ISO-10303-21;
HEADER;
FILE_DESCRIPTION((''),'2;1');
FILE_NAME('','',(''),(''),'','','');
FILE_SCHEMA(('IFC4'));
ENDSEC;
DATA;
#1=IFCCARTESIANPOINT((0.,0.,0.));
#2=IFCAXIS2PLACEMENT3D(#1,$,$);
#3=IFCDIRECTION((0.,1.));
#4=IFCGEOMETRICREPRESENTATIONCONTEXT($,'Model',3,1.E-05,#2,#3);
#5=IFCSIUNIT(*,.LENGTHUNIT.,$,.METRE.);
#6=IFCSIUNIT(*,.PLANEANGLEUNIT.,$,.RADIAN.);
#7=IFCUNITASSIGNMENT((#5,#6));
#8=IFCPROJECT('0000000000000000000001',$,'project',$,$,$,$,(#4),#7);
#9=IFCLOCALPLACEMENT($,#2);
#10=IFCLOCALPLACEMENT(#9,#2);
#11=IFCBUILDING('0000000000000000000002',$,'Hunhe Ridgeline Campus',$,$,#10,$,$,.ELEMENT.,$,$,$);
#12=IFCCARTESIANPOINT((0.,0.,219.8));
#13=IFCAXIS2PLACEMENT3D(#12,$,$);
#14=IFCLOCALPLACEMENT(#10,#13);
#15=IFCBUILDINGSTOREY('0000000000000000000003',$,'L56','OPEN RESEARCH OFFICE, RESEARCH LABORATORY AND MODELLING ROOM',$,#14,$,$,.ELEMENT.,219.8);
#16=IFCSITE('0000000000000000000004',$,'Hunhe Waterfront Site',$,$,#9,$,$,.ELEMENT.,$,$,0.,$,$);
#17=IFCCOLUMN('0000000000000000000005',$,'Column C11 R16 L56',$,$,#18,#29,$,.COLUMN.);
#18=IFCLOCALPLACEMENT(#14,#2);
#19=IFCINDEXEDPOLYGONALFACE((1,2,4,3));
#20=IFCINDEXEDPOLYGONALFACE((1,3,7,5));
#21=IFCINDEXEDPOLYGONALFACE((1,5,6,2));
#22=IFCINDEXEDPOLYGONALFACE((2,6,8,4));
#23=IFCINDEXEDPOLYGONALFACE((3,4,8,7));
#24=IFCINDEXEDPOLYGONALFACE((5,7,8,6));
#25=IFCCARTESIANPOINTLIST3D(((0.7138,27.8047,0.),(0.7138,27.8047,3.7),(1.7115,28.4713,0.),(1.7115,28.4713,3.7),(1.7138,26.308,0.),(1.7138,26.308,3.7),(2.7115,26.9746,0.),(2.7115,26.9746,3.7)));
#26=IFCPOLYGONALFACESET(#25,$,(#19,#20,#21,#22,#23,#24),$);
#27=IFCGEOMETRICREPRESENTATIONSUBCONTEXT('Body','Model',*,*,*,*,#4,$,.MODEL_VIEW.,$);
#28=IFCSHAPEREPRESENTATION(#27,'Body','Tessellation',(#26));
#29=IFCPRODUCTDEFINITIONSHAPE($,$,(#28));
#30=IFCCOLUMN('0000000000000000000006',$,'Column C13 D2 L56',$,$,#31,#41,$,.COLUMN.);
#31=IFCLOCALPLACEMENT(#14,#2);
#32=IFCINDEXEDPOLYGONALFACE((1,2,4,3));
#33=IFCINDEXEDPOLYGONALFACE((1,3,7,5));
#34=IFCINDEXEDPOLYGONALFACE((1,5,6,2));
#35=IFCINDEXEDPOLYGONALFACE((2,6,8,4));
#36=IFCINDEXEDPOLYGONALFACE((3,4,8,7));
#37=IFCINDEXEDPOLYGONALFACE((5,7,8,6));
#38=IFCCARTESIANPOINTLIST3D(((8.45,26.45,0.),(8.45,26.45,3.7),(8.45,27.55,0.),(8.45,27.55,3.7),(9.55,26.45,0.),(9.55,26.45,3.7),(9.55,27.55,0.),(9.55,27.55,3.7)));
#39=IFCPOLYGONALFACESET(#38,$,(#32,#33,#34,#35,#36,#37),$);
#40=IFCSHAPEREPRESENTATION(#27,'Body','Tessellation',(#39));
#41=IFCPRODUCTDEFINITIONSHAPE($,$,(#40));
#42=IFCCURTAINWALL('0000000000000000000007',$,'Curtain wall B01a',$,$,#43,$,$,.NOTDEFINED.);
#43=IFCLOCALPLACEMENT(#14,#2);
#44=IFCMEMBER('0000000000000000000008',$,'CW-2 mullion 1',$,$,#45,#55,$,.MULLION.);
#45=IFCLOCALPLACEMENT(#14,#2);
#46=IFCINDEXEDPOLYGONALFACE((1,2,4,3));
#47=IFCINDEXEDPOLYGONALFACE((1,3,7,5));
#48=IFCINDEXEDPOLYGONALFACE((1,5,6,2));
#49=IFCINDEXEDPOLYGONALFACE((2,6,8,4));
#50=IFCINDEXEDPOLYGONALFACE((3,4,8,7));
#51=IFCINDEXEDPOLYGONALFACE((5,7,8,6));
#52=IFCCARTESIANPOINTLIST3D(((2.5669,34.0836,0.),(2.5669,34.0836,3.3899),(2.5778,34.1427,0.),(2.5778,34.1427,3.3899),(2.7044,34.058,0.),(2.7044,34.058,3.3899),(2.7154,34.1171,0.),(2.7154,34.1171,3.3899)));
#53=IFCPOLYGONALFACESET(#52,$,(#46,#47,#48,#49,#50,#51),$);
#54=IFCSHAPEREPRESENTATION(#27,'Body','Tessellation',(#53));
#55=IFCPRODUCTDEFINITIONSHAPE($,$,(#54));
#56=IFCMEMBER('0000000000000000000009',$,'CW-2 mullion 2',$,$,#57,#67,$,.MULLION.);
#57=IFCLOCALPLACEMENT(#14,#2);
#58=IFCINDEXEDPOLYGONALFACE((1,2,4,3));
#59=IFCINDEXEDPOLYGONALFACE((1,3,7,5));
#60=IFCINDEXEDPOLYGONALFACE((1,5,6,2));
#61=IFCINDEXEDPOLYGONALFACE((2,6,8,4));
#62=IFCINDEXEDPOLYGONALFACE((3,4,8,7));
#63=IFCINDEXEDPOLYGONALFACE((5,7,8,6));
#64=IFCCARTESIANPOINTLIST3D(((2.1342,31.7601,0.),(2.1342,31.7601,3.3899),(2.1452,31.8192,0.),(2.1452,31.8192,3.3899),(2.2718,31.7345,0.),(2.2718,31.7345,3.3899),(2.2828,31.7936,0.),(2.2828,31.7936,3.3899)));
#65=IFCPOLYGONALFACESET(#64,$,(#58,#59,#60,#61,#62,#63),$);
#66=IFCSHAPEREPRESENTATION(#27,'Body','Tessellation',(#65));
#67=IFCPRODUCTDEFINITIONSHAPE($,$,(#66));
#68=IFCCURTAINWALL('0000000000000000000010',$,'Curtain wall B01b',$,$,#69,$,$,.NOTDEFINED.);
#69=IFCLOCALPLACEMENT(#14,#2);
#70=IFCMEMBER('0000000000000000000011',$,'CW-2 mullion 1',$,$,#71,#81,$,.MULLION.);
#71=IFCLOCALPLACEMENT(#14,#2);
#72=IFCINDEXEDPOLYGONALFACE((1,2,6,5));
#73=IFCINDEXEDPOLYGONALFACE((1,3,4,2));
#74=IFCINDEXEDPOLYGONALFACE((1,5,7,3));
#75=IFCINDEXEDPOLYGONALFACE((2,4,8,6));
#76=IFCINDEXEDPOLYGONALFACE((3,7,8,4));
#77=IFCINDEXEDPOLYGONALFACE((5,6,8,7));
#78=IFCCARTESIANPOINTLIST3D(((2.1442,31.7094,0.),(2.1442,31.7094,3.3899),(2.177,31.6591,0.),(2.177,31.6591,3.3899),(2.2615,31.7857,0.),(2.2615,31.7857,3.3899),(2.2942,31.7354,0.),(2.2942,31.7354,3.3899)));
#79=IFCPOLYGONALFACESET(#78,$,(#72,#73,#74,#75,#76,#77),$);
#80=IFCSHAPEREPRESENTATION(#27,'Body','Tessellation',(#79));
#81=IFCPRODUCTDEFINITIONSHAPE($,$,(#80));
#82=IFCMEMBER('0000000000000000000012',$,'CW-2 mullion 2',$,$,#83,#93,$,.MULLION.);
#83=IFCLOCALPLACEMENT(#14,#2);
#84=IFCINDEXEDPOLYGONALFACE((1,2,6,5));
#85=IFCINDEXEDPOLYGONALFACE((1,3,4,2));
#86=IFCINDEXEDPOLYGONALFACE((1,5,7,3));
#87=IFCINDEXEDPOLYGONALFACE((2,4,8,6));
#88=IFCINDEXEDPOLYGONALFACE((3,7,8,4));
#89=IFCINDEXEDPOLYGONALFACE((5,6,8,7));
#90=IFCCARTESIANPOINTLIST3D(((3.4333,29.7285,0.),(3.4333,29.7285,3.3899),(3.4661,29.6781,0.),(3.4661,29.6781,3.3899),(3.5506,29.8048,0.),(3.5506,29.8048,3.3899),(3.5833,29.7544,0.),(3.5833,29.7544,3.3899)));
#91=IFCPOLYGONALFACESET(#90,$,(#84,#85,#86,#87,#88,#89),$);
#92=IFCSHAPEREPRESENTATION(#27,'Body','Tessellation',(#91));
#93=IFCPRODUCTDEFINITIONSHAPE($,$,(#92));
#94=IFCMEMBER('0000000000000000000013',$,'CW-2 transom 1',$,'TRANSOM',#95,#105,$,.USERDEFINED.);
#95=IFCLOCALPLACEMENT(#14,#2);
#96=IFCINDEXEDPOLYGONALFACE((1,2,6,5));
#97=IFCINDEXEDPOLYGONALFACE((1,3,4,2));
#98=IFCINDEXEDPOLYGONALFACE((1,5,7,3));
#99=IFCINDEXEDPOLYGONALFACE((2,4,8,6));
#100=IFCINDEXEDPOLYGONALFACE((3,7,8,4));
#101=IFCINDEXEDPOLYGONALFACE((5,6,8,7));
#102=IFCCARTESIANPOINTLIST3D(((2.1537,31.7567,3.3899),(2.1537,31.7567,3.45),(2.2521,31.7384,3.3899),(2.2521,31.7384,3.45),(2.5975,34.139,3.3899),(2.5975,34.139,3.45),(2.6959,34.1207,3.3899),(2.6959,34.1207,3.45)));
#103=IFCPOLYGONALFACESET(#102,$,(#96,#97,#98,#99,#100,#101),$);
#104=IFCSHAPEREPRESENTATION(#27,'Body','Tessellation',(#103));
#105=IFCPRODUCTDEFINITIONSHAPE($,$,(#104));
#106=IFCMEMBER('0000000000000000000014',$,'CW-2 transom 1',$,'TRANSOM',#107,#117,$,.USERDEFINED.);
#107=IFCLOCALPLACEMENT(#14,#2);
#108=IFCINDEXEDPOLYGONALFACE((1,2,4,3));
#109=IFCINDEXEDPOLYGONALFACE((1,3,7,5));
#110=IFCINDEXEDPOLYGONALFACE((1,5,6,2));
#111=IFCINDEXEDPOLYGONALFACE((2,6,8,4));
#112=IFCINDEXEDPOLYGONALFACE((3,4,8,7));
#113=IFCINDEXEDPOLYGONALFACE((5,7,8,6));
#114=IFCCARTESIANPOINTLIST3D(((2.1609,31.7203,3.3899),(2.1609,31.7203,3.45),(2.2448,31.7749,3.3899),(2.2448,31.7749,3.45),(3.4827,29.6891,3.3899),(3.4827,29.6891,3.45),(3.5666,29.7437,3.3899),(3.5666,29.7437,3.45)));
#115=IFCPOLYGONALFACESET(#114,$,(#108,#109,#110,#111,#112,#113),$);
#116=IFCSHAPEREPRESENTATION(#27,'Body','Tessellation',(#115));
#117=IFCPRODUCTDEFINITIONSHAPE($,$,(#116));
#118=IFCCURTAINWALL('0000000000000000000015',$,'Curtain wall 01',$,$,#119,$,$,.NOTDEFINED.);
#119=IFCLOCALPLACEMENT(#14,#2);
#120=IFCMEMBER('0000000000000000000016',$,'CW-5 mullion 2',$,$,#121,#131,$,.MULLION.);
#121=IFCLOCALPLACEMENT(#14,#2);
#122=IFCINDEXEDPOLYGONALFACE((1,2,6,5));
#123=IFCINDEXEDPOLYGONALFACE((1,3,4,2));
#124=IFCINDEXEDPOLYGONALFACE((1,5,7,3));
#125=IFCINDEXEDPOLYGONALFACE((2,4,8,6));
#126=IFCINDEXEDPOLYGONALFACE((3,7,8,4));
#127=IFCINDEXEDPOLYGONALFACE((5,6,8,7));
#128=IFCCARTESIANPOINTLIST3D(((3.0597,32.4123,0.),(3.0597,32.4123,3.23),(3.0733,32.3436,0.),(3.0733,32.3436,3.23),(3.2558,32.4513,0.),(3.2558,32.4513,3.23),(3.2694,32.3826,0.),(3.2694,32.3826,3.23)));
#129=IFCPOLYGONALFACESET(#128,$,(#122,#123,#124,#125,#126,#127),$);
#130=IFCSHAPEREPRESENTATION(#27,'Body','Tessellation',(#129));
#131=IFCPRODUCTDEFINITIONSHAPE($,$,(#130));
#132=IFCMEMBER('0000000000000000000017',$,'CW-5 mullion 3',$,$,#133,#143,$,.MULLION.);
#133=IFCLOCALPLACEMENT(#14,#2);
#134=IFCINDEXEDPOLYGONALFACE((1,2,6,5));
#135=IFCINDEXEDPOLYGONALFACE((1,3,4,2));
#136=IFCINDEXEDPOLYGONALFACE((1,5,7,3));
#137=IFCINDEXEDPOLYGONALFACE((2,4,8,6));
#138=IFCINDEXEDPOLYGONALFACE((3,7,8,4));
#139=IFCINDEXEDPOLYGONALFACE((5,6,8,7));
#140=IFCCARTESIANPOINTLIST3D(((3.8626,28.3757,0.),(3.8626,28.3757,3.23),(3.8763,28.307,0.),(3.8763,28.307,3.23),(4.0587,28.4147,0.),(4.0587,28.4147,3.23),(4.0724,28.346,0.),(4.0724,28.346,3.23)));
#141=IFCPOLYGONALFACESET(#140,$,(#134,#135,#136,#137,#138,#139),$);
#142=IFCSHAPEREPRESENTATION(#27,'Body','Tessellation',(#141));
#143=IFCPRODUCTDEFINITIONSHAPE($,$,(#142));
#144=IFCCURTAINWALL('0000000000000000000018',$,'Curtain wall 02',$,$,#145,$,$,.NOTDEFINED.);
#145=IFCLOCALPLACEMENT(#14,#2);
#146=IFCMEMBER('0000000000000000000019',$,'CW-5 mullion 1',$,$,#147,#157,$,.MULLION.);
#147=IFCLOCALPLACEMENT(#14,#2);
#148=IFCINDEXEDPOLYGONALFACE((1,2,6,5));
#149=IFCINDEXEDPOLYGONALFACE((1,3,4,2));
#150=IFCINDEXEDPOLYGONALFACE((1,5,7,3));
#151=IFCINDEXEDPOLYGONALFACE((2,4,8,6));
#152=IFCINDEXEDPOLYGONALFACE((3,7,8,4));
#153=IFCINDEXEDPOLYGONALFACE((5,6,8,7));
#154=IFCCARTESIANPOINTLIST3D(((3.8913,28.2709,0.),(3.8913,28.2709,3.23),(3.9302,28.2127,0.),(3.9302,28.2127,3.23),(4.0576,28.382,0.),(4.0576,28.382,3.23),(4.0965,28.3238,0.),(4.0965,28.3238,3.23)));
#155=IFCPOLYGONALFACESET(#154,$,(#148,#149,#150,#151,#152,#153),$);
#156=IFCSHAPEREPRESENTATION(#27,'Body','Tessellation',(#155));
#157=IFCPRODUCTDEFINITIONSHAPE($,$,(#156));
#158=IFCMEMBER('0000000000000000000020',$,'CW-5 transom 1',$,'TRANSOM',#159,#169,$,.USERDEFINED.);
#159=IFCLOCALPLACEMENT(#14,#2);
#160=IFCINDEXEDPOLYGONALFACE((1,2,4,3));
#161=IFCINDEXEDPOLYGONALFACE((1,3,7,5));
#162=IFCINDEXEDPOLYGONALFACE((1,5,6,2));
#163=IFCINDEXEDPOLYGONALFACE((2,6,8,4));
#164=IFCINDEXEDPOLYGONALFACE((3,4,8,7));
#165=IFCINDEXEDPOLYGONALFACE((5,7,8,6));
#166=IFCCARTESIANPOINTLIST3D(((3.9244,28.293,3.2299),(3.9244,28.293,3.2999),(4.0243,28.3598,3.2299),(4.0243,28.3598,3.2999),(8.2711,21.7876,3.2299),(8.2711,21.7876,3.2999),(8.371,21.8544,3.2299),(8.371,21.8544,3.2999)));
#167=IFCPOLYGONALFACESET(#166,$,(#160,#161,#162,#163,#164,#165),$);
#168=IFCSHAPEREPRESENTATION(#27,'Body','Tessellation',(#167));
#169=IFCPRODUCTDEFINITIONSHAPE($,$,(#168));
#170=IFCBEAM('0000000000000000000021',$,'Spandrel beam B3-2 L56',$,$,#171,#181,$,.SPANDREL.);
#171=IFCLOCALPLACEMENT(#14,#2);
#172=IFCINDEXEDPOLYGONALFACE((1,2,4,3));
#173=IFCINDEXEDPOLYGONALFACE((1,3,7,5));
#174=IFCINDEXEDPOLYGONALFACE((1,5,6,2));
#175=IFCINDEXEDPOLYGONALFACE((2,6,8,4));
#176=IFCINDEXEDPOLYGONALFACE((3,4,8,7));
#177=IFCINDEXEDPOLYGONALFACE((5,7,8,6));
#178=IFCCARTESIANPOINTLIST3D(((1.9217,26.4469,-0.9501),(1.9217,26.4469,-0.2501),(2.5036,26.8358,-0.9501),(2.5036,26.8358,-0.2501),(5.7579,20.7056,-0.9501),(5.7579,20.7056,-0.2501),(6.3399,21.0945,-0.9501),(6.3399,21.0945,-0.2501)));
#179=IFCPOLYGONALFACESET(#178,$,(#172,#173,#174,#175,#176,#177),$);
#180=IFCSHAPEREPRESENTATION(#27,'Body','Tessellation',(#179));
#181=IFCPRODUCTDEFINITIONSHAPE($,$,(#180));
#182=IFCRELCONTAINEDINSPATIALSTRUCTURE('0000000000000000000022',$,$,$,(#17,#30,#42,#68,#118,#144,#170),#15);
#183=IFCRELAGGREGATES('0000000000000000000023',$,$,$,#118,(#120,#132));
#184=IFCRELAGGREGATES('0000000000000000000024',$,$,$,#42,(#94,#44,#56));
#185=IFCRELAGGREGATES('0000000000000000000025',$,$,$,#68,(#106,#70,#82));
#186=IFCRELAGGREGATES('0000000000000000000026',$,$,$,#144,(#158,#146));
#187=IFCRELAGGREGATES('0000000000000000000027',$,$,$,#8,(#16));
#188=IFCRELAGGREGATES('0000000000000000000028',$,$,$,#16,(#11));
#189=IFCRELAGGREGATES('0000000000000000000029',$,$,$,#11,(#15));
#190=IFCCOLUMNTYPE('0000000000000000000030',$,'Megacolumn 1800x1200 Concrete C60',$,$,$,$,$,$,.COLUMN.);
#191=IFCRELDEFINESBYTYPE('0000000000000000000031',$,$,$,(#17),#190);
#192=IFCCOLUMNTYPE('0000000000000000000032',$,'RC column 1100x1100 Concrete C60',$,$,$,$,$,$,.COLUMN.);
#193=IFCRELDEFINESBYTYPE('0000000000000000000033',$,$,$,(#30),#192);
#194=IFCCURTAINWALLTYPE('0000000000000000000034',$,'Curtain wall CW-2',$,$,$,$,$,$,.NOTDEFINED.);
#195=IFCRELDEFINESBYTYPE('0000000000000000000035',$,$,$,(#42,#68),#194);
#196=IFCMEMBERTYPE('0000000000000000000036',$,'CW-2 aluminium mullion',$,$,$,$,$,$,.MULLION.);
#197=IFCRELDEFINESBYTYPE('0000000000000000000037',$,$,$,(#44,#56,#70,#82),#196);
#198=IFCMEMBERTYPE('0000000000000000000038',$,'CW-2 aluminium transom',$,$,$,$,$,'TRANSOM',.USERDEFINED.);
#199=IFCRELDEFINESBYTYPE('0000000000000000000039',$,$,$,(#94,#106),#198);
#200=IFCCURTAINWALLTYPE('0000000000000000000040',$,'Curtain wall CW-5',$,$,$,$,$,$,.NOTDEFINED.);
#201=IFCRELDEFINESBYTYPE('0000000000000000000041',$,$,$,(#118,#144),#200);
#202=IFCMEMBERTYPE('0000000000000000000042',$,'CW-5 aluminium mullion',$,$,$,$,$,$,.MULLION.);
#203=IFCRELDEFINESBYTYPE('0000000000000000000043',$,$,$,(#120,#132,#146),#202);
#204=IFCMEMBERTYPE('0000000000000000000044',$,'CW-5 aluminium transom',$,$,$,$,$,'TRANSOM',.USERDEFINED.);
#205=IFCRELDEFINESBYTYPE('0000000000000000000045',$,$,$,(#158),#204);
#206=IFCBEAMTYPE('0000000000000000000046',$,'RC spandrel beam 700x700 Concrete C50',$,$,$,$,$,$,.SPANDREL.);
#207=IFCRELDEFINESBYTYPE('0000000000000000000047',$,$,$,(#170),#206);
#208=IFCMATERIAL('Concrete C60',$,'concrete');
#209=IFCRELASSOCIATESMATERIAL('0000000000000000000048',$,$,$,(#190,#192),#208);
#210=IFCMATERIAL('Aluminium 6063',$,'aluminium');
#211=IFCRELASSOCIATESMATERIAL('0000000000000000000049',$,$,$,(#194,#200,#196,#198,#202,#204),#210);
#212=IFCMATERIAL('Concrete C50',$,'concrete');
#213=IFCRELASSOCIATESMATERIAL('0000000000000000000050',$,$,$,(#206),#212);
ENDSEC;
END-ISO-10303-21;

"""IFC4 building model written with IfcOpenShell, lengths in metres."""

from ifc_helpers import new_model, si_unit, direction, frame, origin, origin_2d, place, context, subcontext, project, spatial, rectangle, extrude, material, material_profile, profile_set, type_object, element, aggregate, save


model = new_model("IFC4")

# Units and contexts
model_context = context("Model", 3, precision=1e-05, world=origin(), true_north=direction((0.0, 1.0)))
body_context = subcontext(model_context, "Body", "Model", "MODEL_VIEW")
ifc_project = project(units=[si_unit("LENGTHUNIT", "METRE"), si_unit("PLANEANGLEUNIT", "RADIAN")], contexts=[model_context])

# Site, building, storey
site_placement = place(None, origin())
site = spatial("IfcSite", under=ifc_project, at=site_placement, Name="Hunhe Waterfront Site", CompositionType="ELEMENT", RefElevation=0.0)
building_placement = place(site_placement, origin())
building = spatial("IfcBuilding", under=site, at=building_placement, Name="Hunhe Ridgeline Campus", CompositionType="ELEMENT")
storey_placement = place(building_placement, frame((0.0, 0.0, 219.8)))
storey = spatial("IfcBuildingStorey", under=building, at=storey_placement, Name="L56", Description="OPEN RESEARCH OFFICE, RESEARCH LABORATORY AND MODELLING ROOM", CompositionType="ELEMENT", Elevation=219.8)

# Columns
ifc_material_1 = material(Name="Concrete C60", Category="concrete")
ifc_material_profile_1 = material_profile(ifc_material_1, rectangle(XDim=1.8, YDim=1.2, at=origin_2d()))
ifc_profile_set_1 = profile_set([ifc_material_profile_1], Name="Concrete C60")
column_type_1 = type_object("IfcColumnType", Name="Megacolumn 1800x1200 Concrete C60", PredefinedType="COLUMN", material=ifc_profile_set_1)
column_1_placement = place(storey_placement, frame((1.7126, 27.3896, 0.0), z_axis=(0.0, 0.0, 1.0), x_axis=(-0.55557, 0.83147, 0.0)))
element("IfcColumn", 1, at=column_1_placement, inside=storey, type_object=column_type_1, Name="Column C11 R16 L56", PredefinedType="COLUMN", context=body_context, shape_type="SweptSolid", body=[
    extrude(rectangle(XDim=1.8, YDim=1.2, at=origin_2d()), origin(), (0.0, 0.0, 1.0), 3.7),
])
ifc_material_profile_2 = material_profile(ifc_material_1, rectangle(XDim=1.1001, YDim=1.1001, at=origin_2d()))
ifc_profile_set_2 = profile_set([ifc_material_profile_2], Name="Concrete C60")
column_type_2 = type_object("IfcColumnType", Name="RC column 1100x1100 Concrete C60", PredefinedType="COLUMN", material=ifc_profile_set_2)
column_2_placement = place(storey_placement, frame((9.0, 27.0, 0.0), z_axis=(0.0, 0.0, 1.0), x_axis=(1.0, 0.0, 0.0)))
element("IfcColumn", 2, at=column_2_placement, inside=storey, type_object=column_type_2, Name="Column C13 D2 L56", PredefinedType="COLUMN", context=body_context, shape_type="SweptSolid", body=[
    extrude(rectangle(XDim=1.1001, YDim=1.1001, at=origin_2d()), origin(), (0.0, 0.0, 1.0), 3.7),
])

# Curtain walls, members
ifc_material_2 = material(Name="Aluminium 6063", Category="aluminium")
curtain_wall_type_1 = type_object("IfcCurtainWallType", Name="Curtain wall CW-2", PredefinedType="NOTDEFINED", material=ifc_material_2)
curtain_wall_1_placement = place(storey_placement, origin())
curtain_wall_1 = element("IfcCurtainWall", 3, at=curtain_wall_1_placement, inside=storey, type_object=curtain_wall_type_1, Name="Curtain wall B01a", PredefinedType="NOTDEFINED")
ifc_material_profile_3 = material_profile(ifc_material_2, rectangle(XDim=0.1399, YDim=0.0601, at=origin_2d()))
ifc_profile_set_3 = profile_set([ifc_material_profile_3], Name="Aluminium 6063")
member_type_1 = type_object("IfcMemberType", Name="CW-2 aluminium mullion", PredefinedType="MULLION", material=ifc_profile_set_3)
member_1_placement = place(storey_placement, frame((2.6411, 34.1003, 0.0), z_axis=(0.0, 0.0, 1.0), x_axis=(0.983092, -0.183113, 0.0)))
member_1 = element("IfcMember", 4, at=member_1_placement, type_object=member_type_1, Name="CW-2 mullion 1", PredefinedType="MULLION", context=body_context, shape_type="SweptSolid", body=[
    extrude(rectangle(XDim=0.1399, YDim=0.0601, at=origin_2d()), origin(), (0.0, 0.0, 1.0), 3.3899),
])
member_2_placement = place(storey_placement, frame((2.2085, 31.7769, 0.0), z_axis=(0.0, 0.0, 1.0), x_axis=(0.983092, -0.183113, 0.0)))
member_2 = element("IfcMember", 5, at=member_2_placement, type_object=member_type_1, Name="CW-2 mullion 2", PredefinedType="MULLION", context=body_context, shape_type="SweptSolid", body=[
    extrude(rectangle(XDim=0.1399, YDim=0.0601, at=origin_2d()), origin(), (0.0, 0.0, 1.0), 3.3899),
])
curtain_wall_2_placement = place(storey_placement, origin())
curtain_wall_2 = element("IfcCurtainWall", 6, at=curtain_wall_2_placement, inside=storey, type_object=curtain_wall_type_1, Name="Curtain wall B01b", PredefinedType="NOTDEFINED")
member_3_placement = place(storey_placement, frame((2.2192, 31.7224, 0.0), z_axis=(0.0, 0.0, 1.0), x_axis=(0.838179, 0.545395, 0.0)))
member_3 = element("IfcMember", 7, at=member_3_placement, type_object=member_type_1, Name="CW-2 mullion 1", PredefinedType="MULLION", context=body_context, shape_type="SweptSolid", body=[
    extrude(rectangle(XDim=0.1399, YDim=0.0601, at=origin_2d()), origin(), (0.0, 0.0, 1.0), 3.3899),
])
member_4_placement = place(storey_placement, frame((3.5083, 29.7415, 0.0), z_axis=(0.0, 0.0, 1.0), x_axis=(0.838179, 0.545395, 0.0)))
member_4 = element("IfcMember", 8, at=member_4_placement, type_object=member_type_1, Name="CW-2 mullion 2", PredefinedType="MULLION", context=body_context, shape_type="SweptSolid", body=[
    extrude(rectangle(XDim=0.1399, YDim=0.0601, at=origin_2d()), origin(), (0.0, 0.0, 1.0), 3.3899),
])

# Members
ifc_material_profile_4 = material_profile(ifc_material_2, rectangle(XDim=0.1001, YDim=0.0601, at=origin_2d()))
ifc_profile_set_4 = profile_set([ifc_material_profile_4], Name="Aluminium 6063")
member_type_2 = type_object("IfcMemberType", Name="CW-2 aluminium transom", ElementType="TRANSOM", PredefinedType="USERDEFINED", material=ifc_profile_set_4)
member_5_placement = place(storey_placement, frame((2.6467, 34.1299, 3.4199), z_axis=(-0.183157, -0.983084, 0.0), x_axis=(0.983084, -0.183157, 0.0)))
member_5 = element("IfcMember", 9, at=member_5_placement, type_object=member_type_2, Name="CW-2 transom 1", ObjectType="TRANSOM", PredefinedType="USERDEFINED", context=body_context, shape_type="SweptSolid", body=[
    extrude(rectangle(XDim=0.1001, YDim=0.0601, at=origin_2d()), origin(), (0.0, 0.0, 1.0), 2.4233),
])
member_6_placement = place(storey_placement, frame((2.2029, 31.7476, 3.4199), z_axis=(0.545413, -0.838167, 0.0), x_axis=(0.838167, 0.545413, 0.0)))
member_6 = element("IfcMember", 10, at=member_6_placement, type_object=member_type_2, Name="CW-2 transom 1", ObjectType="TRANSOM", PredefinedType="USERDEFINED", context=body_context, shape_type="SweptSolid", body=[
    extrude(rectangle(XDim=0.1001, YDim=0.0601, at=origin_2d()), origin(), (0.0, 0.0, 1.0), 2.4233),
])

# Curtain walls, members
curtain_wall_type_2 = type_object("IfcCurtainWallType", Name="Curtain wall CW-5", PredefinedType="NOTDEFINED", material=ifc_material_2)
curtain_wall_3_placement = place(storey_placement, origin())
curtain_wall_3 = element("IfcCurtainWall", 11, at=curtain_wall_3_placement, inside=storey, type_object=curtain_wall_type_2, Name="Curtain wall 01", PredefinedType="NOTDEFINED")
ifc_material_profile_5 = material_profile(ifc_material_2, rectangle(XDim=0.2, YDim=0.0701, at=origin_2d()))
ifc_profile_set_5 = profile_set([ifc_material_profile_5], Name="Aluminium 6063")
member_type_3 = type_object("IfcMemberType", Name="CW-5 aluminium mullion", PredefinedType="MULLION", material=ifc_profile_set_5)
member_7_placement = place(storey_placement, frame((3.1646, 32.3975, 0.0), z_axis=(0.0, 0.0, 1.0), x_axis=(0.980784, 0.195095, 0.0)))
member_7 = element("IfcMember", 12, at=member_7_placement, type_object=member_type_3, Name="CW-5 mullion 2", PredefinedType="MULLION", context=body_context, shape_type="SweptSolid", body=[
    extrude(rectangle(XDim=0.2, YDim=0.0701, at=origin_2d()), origin(), (0.0, 0.0, 1.0), 3.23),
])
member_8_placement = place(storey_placement, frame((3.9675, 28.3608, 0.0), z_axis=(0.0, 0.0, 1.0), x_axis=(0.980784, 0.195095, 0.0)))
member_8 = element("IfcMember", 13, at=member_8_placement, type_object=member_type_3, Name="CW-5 mullion 3", PredefinedType="MULLION", context=body_context, shape_type="SweptSolid", body=[
    extrude(rectangle(XDim=0.2, YDim=0.0701, at=origin_2d()), origin(), (0.0, 0.0, 1.0), 3.23),
])
curtain_wall_4_placement = place(storey_placement, origin())
curtain_wall_4 = element("IfcCurtainWall", 14, at=curtain_wall_4_placement, inside=storey, type_object=curtain_wall_type_2, Name="Curtain wall 02", PredefinedType="NOTDEFINED")
member_9_placement = place(storey_placement, frame((3.9939, 28.2974, 0.0), z_axis=(0.0, 0.0, 1.0), x_axis=(0.83147, 0.55557, 0.0)))
member_9 = element("IfcMember", 15, at=member_9_placement, type_object=member_type_3, Name="CW-5 mullion 1", PredefinedType="MULLION", context=body_context, shape_type="SweptSolid", body=[
    extrude(rectangle(XDim=0.2, YDim=0.0701, at=origin_2d()), origin(), (0.0, 0.0, 1.0), 3.23),
])
ifc_material_profile_6 = material_profile(ifc_material_2, rectangle(XDim=0.1201, YDim=0.0701, at=origin_2d()))
ifc_profile_set_6 = profile_set([ifc_material_profile_6], Name="Aluminium 6063")
member_type_4 = type_object("IfcMemberType", Name="CW-5 aluminium transom", ElementType="TRANSOM", PredefinedType="USERDEFINED", material=ifc_profile_set_6)
member_10_placement = place(storey_placement, frame((3.9744, 28.3264, 3.2649), z_axis=(0.555564, -0.831474, 0.0), x_axis=(0.831474, 0.555564, 0.0)))
member_10 = element("IfcMember", 16, at=member_10_placement, type_object=member_type_4, Name="CW-5 transom 1", ObjectType="TRANSOM", PredefinedType="USERDEFINED", context=body_context, shape_type="SweptSolid", body=[
    extrude(rectangle(XDim=0.1201, YDim=0.0701, at=origin_2d()), origin(), (0.0, 0.0, 1.0), 7.824),
])

# Beam
ifc_material_3 = material(Name="Concrete C50", Category="concrete")
ifc_material_profile_7 = material_profile(ifc_material_3, rectangle(XDim=0.7, YDim=0.7, at=origin_2d()))
ifc_profile_set_7 = profile_set([ifc_material_profile_7], Name="Concrete C50")
beam_type = type_object("IfcBeamType", Name="RC spandrel beam 700x700 Concrete C50", PredefinedType="SPANDREL", material=ifc_profile_set_7)
beam_placement = place(storey_placement, frame((2.2126, 26.6414, -0.6001), z_axis=(0.555573, -0.831468, 0.0), x_axis=(0.831468, 0.555573, 0.0)))
element("IfcBeam", 17, at=beam_placement, inside=storey, type_object=beam_type, Name="Spandrel beam B3-2 L56", PredefinedType="SPANDREL", context=body_context, shape_type="SweptSolid", body=[
    extrude(rectangle(XDim=0.7, YDim=0.7, at=origin_2d()), origin(), (0.0, 0.0, 1.0), 6.905),
])

aggregate(curtain_wall_3, [member_7, member_8])
aggregate(curtain_wall_1, [member_5, member_1, member_2])
aggregate(curtain_wall_2, [member_6, member_3, member_4])
aggregate(curtain_wall_4, [member_10, member_9])

save(model, "model.ifc")
